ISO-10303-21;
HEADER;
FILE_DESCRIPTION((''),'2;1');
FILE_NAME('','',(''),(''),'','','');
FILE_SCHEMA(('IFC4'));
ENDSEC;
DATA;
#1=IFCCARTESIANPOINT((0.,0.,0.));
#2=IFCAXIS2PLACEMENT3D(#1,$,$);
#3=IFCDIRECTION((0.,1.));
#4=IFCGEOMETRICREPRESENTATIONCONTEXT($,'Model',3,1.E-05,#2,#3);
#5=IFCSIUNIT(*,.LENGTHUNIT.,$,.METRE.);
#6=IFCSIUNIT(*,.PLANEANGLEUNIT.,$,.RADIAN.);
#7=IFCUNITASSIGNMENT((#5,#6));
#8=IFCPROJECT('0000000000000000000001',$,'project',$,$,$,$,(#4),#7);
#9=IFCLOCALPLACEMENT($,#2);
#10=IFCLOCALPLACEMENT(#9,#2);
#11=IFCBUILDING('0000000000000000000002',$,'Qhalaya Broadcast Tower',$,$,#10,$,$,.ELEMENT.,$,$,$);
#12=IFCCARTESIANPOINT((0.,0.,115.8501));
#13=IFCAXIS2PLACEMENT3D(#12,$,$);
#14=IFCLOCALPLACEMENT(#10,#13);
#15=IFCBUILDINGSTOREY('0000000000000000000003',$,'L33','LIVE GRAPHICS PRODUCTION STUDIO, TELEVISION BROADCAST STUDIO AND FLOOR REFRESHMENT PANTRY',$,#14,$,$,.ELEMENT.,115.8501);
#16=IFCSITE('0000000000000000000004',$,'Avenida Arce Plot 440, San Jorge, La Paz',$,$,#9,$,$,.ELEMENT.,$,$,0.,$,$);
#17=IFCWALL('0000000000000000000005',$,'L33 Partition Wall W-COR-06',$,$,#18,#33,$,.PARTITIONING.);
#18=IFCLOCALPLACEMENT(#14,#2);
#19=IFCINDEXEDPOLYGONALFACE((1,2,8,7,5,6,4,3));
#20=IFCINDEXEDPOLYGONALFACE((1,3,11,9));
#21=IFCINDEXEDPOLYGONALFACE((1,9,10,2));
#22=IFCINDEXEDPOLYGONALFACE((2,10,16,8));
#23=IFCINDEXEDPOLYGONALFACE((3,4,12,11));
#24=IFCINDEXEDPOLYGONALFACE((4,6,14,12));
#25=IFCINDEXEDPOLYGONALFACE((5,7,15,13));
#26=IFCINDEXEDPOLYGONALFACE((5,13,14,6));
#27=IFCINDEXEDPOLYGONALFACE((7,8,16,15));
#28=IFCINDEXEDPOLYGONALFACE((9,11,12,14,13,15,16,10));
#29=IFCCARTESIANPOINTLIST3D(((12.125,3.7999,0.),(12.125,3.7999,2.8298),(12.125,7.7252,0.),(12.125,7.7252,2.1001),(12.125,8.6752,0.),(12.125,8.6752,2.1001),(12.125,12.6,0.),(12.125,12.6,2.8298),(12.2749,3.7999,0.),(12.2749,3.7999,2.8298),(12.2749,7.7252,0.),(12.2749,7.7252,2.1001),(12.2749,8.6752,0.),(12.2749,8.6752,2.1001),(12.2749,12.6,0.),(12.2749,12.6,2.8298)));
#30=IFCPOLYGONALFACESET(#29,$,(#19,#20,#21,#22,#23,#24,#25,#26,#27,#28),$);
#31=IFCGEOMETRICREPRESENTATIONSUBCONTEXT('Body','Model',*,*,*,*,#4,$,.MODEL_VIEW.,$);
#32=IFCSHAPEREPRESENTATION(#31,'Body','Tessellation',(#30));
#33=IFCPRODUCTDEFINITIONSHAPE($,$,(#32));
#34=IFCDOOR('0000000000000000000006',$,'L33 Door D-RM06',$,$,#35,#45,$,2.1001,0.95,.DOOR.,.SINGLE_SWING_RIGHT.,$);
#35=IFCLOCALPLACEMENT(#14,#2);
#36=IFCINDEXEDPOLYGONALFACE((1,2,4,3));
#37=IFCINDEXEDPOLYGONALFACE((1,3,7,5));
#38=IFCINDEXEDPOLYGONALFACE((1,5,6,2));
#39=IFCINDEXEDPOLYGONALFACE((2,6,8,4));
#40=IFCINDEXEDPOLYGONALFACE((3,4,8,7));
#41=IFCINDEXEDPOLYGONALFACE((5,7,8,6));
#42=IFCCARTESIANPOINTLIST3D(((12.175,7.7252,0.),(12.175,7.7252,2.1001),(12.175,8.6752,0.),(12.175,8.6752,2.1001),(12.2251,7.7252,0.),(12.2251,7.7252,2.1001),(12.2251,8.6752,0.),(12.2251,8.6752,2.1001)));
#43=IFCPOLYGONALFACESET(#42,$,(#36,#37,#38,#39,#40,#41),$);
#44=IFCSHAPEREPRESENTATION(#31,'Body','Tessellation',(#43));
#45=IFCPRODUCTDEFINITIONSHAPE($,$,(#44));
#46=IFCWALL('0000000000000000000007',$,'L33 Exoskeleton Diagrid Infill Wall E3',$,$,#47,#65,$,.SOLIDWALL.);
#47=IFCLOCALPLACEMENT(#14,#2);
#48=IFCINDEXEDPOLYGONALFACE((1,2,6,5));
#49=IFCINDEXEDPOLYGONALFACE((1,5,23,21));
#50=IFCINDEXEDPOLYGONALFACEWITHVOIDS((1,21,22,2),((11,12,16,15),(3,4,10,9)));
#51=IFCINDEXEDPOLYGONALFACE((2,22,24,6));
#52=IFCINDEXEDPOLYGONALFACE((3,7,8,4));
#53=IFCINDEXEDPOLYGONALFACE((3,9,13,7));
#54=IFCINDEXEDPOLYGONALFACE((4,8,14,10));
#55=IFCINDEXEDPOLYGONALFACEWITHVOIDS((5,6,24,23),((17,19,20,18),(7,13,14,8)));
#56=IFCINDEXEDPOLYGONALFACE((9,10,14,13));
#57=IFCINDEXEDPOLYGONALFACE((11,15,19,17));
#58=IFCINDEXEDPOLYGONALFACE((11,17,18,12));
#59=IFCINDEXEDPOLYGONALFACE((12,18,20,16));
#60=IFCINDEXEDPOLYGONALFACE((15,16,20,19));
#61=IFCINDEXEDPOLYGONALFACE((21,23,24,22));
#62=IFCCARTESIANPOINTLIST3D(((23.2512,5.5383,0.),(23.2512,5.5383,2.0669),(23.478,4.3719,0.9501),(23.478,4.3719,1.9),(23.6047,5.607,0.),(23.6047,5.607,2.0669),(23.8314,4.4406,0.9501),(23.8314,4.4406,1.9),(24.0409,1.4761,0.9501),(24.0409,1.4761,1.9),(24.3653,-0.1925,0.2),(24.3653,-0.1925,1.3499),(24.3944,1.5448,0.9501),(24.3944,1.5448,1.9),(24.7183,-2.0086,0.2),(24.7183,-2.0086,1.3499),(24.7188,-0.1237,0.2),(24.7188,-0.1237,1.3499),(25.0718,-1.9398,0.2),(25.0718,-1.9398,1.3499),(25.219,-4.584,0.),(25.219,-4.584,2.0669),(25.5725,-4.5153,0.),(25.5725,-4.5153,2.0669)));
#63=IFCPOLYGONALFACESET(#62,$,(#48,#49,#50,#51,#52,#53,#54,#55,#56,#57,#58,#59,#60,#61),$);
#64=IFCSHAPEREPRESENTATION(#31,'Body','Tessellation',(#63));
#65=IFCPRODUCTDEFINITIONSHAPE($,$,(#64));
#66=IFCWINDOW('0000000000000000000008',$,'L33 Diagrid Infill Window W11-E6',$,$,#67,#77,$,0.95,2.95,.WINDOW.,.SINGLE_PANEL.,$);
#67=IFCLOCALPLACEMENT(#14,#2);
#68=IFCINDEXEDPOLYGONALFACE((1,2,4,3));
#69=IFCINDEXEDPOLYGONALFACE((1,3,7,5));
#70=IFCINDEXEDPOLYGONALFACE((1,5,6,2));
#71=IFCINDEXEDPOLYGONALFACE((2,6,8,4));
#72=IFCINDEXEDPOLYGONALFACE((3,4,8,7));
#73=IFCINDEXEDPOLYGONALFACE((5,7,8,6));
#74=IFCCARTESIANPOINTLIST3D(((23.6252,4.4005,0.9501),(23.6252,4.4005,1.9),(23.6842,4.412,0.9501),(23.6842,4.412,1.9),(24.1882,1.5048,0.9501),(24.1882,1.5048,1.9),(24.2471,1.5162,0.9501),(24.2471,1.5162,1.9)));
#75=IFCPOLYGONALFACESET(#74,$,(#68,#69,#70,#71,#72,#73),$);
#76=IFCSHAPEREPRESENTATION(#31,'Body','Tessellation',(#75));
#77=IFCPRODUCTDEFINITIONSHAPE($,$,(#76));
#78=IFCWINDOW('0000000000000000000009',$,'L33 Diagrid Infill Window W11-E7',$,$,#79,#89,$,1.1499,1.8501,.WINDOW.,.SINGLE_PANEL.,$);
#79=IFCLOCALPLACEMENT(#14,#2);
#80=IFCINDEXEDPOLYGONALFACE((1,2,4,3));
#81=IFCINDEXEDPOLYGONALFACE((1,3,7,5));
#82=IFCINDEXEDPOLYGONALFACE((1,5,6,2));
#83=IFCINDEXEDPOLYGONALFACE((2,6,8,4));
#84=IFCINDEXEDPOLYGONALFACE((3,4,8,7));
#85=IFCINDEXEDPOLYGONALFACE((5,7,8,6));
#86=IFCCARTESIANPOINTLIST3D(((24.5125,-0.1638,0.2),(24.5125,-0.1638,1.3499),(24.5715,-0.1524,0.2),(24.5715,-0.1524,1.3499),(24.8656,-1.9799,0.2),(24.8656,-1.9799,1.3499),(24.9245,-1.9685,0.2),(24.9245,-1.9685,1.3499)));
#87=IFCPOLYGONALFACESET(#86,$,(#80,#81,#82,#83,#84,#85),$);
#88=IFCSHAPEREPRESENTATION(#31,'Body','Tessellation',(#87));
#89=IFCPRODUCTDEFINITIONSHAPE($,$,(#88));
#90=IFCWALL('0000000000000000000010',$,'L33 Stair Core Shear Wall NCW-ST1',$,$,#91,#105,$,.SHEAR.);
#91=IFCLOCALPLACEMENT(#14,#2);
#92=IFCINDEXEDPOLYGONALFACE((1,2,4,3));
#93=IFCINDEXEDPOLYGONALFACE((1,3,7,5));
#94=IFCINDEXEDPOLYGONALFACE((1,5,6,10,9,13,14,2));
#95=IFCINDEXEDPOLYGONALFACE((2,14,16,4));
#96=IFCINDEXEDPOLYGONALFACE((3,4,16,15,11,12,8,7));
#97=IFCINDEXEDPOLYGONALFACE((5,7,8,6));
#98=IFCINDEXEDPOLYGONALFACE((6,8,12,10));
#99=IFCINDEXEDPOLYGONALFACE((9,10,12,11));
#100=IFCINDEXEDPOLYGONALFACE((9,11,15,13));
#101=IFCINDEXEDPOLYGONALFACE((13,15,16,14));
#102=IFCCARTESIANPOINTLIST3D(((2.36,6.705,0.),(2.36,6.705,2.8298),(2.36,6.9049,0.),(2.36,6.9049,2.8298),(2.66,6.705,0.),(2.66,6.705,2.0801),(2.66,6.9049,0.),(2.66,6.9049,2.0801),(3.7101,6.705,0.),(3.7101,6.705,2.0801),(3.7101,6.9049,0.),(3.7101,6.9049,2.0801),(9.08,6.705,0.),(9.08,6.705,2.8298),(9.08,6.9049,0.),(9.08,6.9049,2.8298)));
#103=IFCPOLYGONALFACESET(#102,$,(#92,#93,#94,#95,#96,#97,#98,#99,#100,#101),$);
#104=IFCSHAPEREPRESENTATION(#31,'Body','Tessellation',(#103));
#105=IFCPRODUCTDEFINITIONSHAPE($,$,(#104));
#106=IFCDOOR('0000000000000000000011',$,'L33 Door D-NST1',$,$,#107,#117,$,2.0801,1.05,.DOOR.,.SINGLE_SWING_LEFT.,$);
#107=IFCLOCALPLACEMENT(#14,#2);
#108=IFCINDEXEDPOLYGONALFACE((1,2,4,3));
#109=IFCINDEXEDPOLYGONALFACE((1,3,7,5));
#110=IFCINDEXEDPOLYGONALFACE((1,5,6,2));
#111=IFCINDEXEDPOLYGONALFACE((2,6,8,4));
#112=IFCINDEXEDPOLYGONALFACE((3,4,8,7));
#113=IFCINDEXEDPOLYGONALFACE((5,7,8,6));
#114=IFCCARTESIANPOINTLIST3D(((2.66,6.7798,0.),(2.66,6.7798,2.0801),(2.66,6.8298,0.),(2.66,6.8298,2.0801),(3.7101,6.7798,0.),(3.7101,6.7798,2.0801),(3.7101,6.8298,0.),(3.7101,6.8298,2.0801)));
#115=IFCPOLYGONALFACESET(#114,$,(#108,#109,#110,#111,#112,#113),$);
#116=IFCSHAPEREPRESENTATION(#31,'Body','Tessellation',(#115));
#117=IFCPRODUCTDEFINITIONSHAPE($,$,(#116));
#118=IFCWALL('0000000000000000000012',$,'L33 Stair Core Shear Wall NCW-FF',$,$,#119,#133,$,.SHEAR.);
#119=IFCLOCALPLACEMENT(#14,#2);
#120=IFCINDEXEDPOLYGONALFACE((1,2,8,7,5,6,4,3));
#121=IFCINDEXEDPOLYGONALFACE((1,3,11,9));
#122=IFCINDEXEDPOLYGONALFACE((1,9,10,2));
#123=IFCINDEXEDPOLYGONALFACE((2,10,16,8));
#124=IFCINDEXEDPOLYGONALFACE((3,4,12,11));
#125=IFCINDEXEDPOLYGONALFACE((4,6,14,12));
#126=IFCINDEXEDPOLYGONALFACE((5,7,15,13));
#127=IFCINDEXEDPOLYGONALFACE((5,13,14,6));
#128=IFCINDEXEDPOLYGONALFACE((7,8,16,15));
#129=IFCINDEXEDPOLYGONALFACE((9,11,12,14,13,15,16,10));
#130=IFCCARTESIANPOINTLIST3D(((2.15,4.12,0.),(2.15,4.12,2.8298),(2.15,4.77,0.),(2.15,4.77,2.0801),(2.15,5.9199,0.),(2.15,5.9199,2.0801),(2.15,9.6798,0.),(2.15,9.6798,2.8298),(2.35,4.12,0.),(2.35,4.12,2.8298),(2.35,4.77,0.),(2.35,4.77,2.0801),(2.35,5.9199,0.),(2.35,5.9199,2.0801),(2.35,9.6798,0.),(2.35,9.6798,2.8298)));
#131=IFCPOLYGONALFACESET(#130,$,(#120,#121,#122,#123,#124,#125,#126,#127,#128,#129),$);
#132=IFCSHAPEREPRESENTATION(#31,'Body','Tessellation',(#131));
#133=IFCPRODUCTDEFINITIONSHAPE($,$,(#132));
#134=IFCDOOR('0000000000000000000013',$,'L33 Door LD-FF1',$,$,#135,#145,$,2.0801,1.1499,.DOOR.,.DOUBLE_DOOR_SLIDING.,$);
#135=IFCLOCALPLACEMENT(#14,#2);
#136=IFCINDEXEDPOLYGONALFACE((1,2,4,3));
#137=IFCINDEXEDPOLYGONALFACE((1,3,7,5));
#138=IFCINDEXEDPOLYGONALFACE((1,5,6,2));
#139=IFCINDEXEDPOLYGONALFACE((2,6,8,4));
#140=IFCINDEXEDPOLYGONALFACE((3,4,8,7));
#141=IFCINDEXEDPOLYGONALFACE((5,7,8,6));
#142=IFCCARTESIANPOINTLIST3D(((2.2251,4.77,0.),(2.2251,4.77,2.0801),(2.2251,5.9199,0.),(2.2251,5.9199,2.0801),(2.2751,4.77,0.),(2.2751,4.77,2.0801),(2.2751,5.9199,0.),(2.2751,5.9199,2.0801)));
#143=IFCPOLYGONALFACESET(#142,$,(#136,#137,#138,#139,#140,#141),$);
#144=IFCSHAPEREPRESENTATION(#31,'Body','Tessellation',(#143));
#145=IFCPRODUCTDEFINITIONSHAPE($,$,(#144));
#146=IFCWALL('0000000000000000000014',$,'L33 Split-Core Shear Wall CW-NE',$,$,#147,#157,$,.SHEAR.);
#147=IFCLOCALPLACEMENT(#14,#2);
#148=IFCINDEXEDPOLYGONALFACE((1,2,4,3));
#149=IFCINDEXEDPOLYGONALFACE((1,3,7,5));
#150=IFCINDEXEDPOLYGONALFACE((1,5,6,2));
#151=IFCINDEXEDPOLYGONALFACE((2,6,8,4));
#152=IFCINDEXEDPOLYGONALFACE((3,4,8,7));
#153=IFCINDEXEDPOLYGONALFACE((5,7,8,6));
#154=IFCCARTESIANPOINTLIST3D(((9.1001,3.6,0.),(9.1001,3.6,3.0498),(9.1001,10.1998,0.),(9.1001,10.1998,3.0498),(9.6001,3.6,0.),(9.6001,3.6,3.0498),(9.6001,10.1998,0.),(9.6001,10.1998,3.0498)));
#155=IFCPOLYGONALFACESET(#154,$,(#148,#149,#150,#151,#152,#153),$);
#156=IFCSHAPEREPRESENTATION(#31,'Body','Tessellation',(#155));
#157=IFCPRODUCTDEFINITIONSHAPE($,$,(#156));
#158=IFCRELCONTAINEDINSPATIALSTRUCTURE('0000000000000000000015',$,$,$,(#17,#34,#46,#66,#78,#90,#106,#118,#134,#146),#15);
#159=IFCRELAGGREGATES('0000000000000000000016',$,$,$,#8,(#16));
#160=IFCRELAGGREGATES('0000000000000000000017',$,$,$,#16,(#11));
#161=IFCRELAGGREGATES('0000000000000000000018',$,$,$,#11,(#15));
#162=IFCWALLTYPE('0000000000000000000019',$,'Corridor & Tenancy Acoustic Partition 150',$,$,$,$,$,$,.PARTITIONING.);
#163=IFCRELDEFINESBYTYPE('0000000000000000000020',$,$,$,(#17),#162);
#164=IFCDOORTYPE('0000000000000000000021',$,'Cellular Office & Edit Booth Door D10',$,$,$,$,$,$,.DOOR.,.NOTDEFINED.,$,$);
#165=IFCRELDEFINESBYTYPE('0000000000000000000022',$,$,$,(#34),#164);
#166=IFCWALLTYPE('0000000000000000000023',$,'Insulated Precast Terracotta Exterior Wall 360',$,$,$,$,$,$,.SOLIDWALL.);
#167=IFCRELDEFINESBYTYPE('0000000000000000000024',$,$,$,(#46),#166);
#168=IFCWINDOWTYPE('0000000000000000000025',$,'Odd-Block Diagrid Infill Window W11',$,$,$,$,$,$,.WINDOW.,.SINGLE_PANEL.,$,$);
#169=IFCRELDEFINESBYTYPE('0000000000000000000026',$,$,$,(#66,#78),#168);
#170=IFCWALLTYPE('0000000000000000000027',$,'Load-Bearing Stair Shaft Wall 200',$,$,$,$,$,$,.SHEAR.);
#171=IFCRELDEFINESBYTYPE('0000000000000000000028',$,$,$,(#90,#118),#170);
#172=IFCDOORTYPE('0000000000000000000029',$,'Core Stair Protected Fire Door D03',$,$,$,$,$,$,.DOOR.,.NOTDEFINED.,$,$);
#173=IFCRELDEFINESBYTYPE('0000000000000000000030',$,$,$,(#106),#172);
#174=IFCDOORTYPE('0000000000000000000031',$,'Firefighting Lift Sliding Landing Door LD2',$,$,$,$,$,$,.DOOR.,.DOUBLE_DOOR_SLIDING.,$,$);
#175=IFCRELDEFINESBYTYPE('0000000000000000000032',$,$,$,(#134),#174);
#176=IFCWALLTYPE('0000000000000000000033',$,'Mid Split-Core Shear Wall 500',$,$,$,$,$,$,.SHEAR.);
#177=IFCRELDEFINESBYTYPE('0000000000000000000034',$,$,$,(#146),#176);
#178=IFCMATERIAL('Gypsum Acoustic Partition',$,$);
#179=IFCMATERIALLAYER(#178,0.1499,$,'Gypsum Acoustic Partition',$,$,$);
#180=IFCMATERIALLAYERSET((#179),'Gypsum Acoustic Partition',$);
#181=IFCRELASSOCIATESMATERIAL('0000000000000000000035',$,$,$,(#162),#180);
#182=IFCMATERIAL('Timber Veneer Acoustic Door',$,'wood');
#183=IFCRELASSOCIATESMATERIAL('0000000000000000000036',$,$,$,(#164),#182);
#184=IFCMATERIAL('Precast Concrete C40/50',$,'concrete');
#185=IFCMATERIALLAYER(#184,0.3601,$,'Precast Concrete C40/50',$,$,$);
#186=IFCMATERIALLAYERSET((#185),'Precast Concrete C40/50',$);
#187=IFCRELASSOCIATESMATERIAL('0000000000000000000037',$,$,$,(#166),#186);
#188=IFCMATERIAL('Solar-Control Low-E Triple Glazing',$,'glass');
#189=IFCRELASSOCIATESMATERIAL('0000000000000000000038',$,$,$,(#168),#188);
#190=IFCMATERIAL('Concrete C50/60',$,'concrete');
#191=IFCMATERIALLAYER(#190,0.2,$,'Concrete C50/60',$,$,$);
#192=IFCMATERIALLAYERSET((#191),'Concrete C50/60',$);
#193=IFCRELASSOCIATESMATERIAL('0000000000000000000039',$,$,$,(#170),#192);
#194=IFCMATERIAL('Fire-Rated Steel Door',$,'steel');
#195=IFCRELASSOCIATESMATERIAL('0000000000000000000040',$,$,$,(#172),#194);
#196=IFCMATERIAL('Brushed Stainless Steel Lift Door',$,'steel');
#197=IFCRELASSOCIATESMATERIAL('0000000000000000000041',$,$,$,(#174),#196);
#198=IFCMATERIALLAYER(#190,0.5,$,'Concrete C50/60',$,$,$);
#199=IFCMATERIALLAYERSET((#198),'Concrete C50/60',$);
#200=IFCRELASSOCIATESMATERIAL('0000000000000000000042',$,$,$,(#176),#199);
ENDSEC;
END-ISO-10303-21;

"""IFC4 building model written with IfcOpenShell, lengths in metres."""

from ifc_helpers import new_model, si_unit, direction, frame, frame_2d, origin, place, context, subcontext, project, spatial, rectangle, extrude, material, layer, layer_set, type_object, element, fill, save


model = new_model("IFC4")

# Units and contexts
model_context = context("Model", 3, precision=1e-05, world=origin(), true_north=direction((0.0, 1.0)))
body_context = subcontext(model_context, "Body", "Model", "MODEL_VIEW")
ifc_project = project(units=[si_unit("LENGTHUNIT", "METRE"), si_unit("PLANEANGLEUNIT", "RADIAN")], contexts=[model_context])

# Site, building, storey
site_placement = place(None, origin())
site = spatial("IfcSite", under=ifc_project, at=site_placement, Name="Avenida Arce Plot 440, San Jorge, La Paz", CompositionType="ELEMENT", RefElevation=0.0)
building_placement = place(site_placement, origin())
building = spatial("IfcBuilding", under=site, at=building_placement, Name="Qhalaya Broadcast Tower", CompositionType="ELEMENT")
storey_placement = place(building_placement, frame((0.0, 0.0, 115.8501)))
storey = spatial("IfcBuildingStorey", under=building, at=storey_placement, Name="L33", Description="LIVE GRAPHICS PRODUCTION STUDIO, TELEVISION BROADCAST STUDIO AND FLOOR REFRESHMENT PANTRY", CompositionType="ELEMENT", Elevation=115.8501)

# Shared definitions
ifc_material_1 = material(Name="Concrete C50/60", Category="concrete")

# Wall, opening, door
ifc_material_2 = material(Name="Gypsum Acoustic Partition")
ifc_layer_1 = layer(ifc_material_2, 0.1499, Name="Gypsum Acoustic Partition")
ifc_layer_set_1 = layer_set([ifc_layer_1], Name="Gypsum Acoustic Partition")
wall_type_1 = type_object("IfcWallType", Name="Corridor & Tenancy Acoustic Partition 150", PredefinedType="PARTITIONING", material=ifc_layer_set_1)
wall_1_placement = place(storey_placement, frame((12.2, 3.8, 0.0), z_axis=(0.0, 0.0, 1.0), x_axis=(0.0, 1.0, 0.0)))
wall_1 = element("IfcWall", 1, at=wall_1_placement, inside=storey, type_object=wall_type_1, Name="L33 Partition Wall W-COR-06", PredefinedType="PARTITIONING", context=body_context, shape_type="SweptSolid", body=[
    extrude(rectangle(XDim=8.8, YDim=0.1499, at=frame_2d((4.3999, 0.0))), origin(), (0.0, 0.0, 1.0), 2.8298),
])
opening_1_placement = place(wall_1_placement, frame((3.925, 0.0, 0.0)))
opening_1 = element("IfcOpeningElement", 2, at=opening_1_placement, cuts=wall_1, PredefinedType="OPENING", context=body_context, shape_type="SweptSolid", body=[
    extrude(rectangle(XDim=0.95, YDim=2.1001, at=frame_2d((0.4751, 1.05))), frame((0.0, 0.0869, 0.0), z_axis=(0.0, -1.0, 0.0), x_axis=(1.0, 0.0, 0.0)), (0.0, 0.0, 1.0), 0.1738),
])
ifc_material_3 = material(Name="Timber Veneer Acoustic Door", Category="wood")
door_type_1 = type_object("IfcDoorType", Name="Cellular Office & Edit Booth Door D10", OperationType="NOTDEFINED", PredefinedType="DOOR", material=ifc_material_3)
door_1_placement = place(opening_1_placement, origin())
door_1 = element("IfcDoor", 3, at=door_1_placement, inside=storey, type_object=door_type_1, Name="L33 Door D-RM06", OperationType="SINGLE_SWING_RIGHT", OverallHeight=2.1001, OverallWidth=0.95, PredefinedType="DOOR", context=body_context, shape_type="SweptSolid", body=[
    extrude(rectangle(XDim=0.95, YDim=2.1001, at=frame_2d((0.4751, 1.05))), frame((0.0, 0.0249, 0.0), z_axis=(0.0, -1.0, 0.0), x_axis=(1.0, 0.0, 0.0)), (0.0, 0.0, 1.0), 0.05),
])
fill(opening_1, door_1)

# Wall, openings, windows
ifc_material_4 = material(Name="Precast Concrete C40/50", Category="concrete")
ifc_layer_2 = layer(ifc_material_4, 0.3601, Name="Precast Concrete C40/50")
ifc_layer_set_2 = layer_set([ifc_layer_2], Name="Precast Concrete C40/50")
wall_type_2 = type_object("IfcWallType", Name="Insulated Precast Terracotta Exterior Wall 360", PredefinedType="SOLIDWALL", material=ifc_layer_set_2)
wall_2_placement = place(storey_placement, frame((23.428, 5.5725, 0.0), z_axis=(0.0, 0.0, 1.0), x_axis=(0.190827, -0.981624, 0.0)))
wall_2 = element("IfcWall", 4, at=wall_2_placement, inside=storey, type_object=wall_type_2, Name="L33 Exoskeleton Diagrid Infill Wall E3", PredefinedType="SOLIDWALL", context=body_context, shape_type="SweptSolid", body=[
    extrude(rectangle(XDim=10.3118, YDim=0.3601, at=frame_2d((5.1558, 0.0))), origin(), (0.0, 0.0, 1.0), 2.0669),
])
opening_2_placement = place(wall_2_placement, frame((1.188, 0.0, 0.95)))
opening_2 = element("IfcOpeningElement", 5, at=opening_2_placement, cuts=wall_2, PredefinedType="OPENING", context=body_context, shape_type="SweptSolid", body=[
    extrude(rectangle(XDim=2.95, YDim=0.95, at=frame_2d((1.4751, 0.4751))), frame((0.0, 0.1921, 0.0), z_axis=(0.0, -1.0, 0.0), x_axis=(1.0, 0.0, 0.0)), (0.0, 0.0, 1.0), 0.384),
])
opening_3_placement = place(wall_2_placement, frame((5.8379, 0.0, 0.2)))
opening_3 = element("IfcOpeningElement", 6, at=opening_3_placement, cuts=wall_2, PredefinedType="OPENING", context=body_context, shape_type="SweptSolid", body=[
    extrude(rectangle(XDim=1.8501, YDim=1.1499, at=frame_2d((0.925, 0.575))), frame((0.0, 0.1921, 0.0), z_axis=(0.0, -1.0, 0.0), x_axis=(1.0, 0.0, 0.0)), (0.0, 0.0, 1.0), 0.384),
])
ifc_material_5 = material(Name="Solar-Control Low-E Triple Glazing", Category="glass")
window_type = type_object("IfcWindowType", Name="Odd-Block Diagrid Infill Window W11", PartitioningType="SINGLE_PANEL", PredefinedType="WINDOW", material=ifc_material_5)
window_1_placement = place(opening_2_placement, origin())
window_1 = element("IfcWindow", 7, at=window_1_placement, inside=storey, type_object=window_type, Name="L33 Diagrid Infill Window W11-E6", OverallHeight=0.95, OverallWidth=2.95, PartitioningType="SINGLE_PANEL", PredefinedType="WINDOW", context=body_context, shape_type="SweptSolid", body=[
    extrude(rectangle(XDim=2.95, YDim=0.95, at=frame_2d((1.4751, 0.4751))), frame((0.0, 0.03, 0.0), z_axis=(0.0, -1.0, 0.0), x_axis=(1.0, 0.0, 0.0)), (0.0, 0.0, 1.0), 0.0601),
])
fill(opening_2, window_1)
window_2_placement = place(opening_3_placement, origin())
window_2 = element("IfcWindow", 8, at=window_2_placement, inside=storey, type_object=window_type, Name="L33 Diagrid Infill Window W11-E7", OverallHeight=1.1499, OverallWidth=1.8501, PartitioningType="SINGLE_PANEL", PredefinedType="WINDOW", context=body_context, shape_type="SweptSolid", body=[
    extrude(rectangle(XDim=1.8501, YDim=1.1499, at=frame_2d((0.925, 0.575))), frame((0.0, 0.03, 0.0), z_axis=(0.0, -1.0, 0.0), x_axis=(1.0, 0.0, 0.0)), (0.0, 0.0, 1.0), 0.0601),
])
fill(opening_3, window_2)

# Walls, openings, doors
ifc_layer_3 = layer(ifc_material_1, 0.2, Name="Concrete C50/60")
ifc_layer_set_3 = layer_set([ifc_layer_3], Name="Concrete C50/60")
wall_type_3 = type_object("IfcWallType", Name="Load-Bearing Stair Shaft Wall 200", PredefinedType="SHEAR", material=ifc_layer_set_3)
wall_3_placement = place(storey_placement, frame((2.3601, 6.8049, 0.0), z_axis=(0.0, 0.0, 1.0), x_axis=(1.0, 0.0, 0.0)))
wall_3 = element("IfcWall", 9, at=wall_3_placement, inside=storey, type_object=wall_type_3, Name="L33 Stair Core Shear Wall NCW-ST1", PredefinedType="SHEAR", context=body_context, shape_type="SweptSolid", body=[
    extrude(rectangle(XDim=6.72, YDim=0.2, at=frame_2d((3.3599, 0.0))), origin(), (0.0, 0.0, 1.0), 2.8298),
])
opening_4_placement = place(wall_3_placement, frame((0.3, 0.0, 0.0)))
opening_4 = element("IfcOpeningElement", 10, at=opening_4_placement, cuts=wall_3, PredefinedType="OPENING", context=body_context, shape_type="SweptSolid", body=[
    extrude(rectangle(XDim=1.05, YDim=2.0801, at=frame_2d((0.5249, 1.04))), frame((0.0, 0.1121, 0.0), z_axis=(0.0, -1.0, 0.0), x_axis=(1.0, 0.0, 0.0)), (0.0, 0.0, 1.0), 0.2239),
])
ifc_material_6 = material(Name="Fire-Rated Steel Door", Category="steel")
door_type_2 = type_object("IfcDoorType", Name="Core Stair Protected Fire Door D03", OperationType="NOTDEFINED", PredefinedType="DOOR", material=ifc_material_6)
door_2_placement = place(opening_4_placement, origin())
door_2 = element("IfcDoor", 11, at=door_2_placement, inside=storey, type_object=door_type_2, Name="L33 Door D-NST1", OperationType="SINGLE_SWING_LEFT", OverallHeight=2.0801, OverallWidth=1.05, PredefinedType="DOOR", context=body_context, shape_type="SweptSolid", body=[
    extrude(rectangle(XDim=1.05, YDim=2.0801, at=frame_2d((0.5249, 1.04))), frame((0.0, 0.0249, 0.0), z_axis=(0.0, -1.0, 0.0), x_axis=(1.0, 0.0, 0.0)), (0.0, 0.0, 1.0), 0.05),
])
fill(opening_4, door_2)
wall_4_placement = place(storey_placement, frame((2.25, 4.1201, 0.0), z_axis=(0.0, 0.0, 1.0), x_axis=(0.0, 1.0, 0.0)))
wall_4 = element("IfcWall", 12, at=wall_4_placement, inside=storey, type_object=wall_type_3, Name="L33 Stair Core Shear Wall NCW-FF", PredefinedType="SHEAR", context=body_context, shape_type="SweptSolid", body=[
    extrude(rectangle(XDim=5.5598, YDim=0.2, at=frame_2d((2.7798, 0.0))), origin(), (0.0, 0.0, 1.0), 2.8298),
])
opening_5_placement = place(wall_4_placement, frame((0.6499, 0.0, 0.0)))
opening_5 = element("IfcOpeningElement", 13, at=opening_5_placement, cuts=wall_4, PredefinedType="OPENING", context=body_context, shape_type="SweptSolid", body=[
    extrude(rectangle(XDim=1.1499, YDim=2.0801, at=frame_2d((0.575, 1.04))), frame((0.0, 0.1121, 0.0), z_axis=(0.0, -1.0, 0.0), x_axis=(1.0, 0.0, 0.0)), (0.0, 0.0, 1.0), 0.2239),
])
ifc_material_7 = material(Name="Brushed Stainless Steel Lift Door", Category="steel")
door_type_3 = type_object("IfcDoorType", Name="Firefighting Lift Sliding Landing Door LD2", OperationType="DOUBLE_DOOR_SLIDING", PredefinedType="DOOR", material=ifc_material_7)
door_3_placement = place(opening_5_placement, origin())
door_3 = element("IfcDoor", 14, at=door_3_placement, inside=storey, type_object=door_type_3, Name="L33 Door LD-FF1", OperationType="DOUBLE_DOOR_SLIDING", OverallHeight=2.0801, OverallWidth=1.1499, PredefinedType="DOOR", context=body_context, shape_type="SweptSolid", body=[
    extrude(rectangle(XDim=1.1499, YDim=2.0801, at=frame_2d((0.575, 1.04))), frame((0.0, 0.0249, 0.0), z_axis=(0.0, -1.0, 0.0), x_axis=(1.0, 0.0, 0.0)), (0.0, 0.0, 1.0), 0.05),
])
fill(opening_5, door_3)

# Wall
ifc_layer_4 = layer(ifc_material_1, 0.5, Name="Concrete C50/60")
ifc_layer_set_4 = layer_set([ifc_layer_4], Name="Concrete C50/60")
wall_type_4 = type_object("IfcWallType", Name="Mid Split-Core Shear Wall 500", PredefinedType="SHEAR", material=ifc_layer_set_4)
wall_5_placement = place(storey_placement, frame((9.3501, 3.6001, 0.0), z_axis=(0.0, 0.0, 1.0), x_axis=(0.0, 1.0, 0.0)))
element("IfcWall", 15, at=wall_5_placement, inside=storey, type_object=wall_type_4, Name="L33 Split-Core Shear Wall CW-NE", PredefinedType="SHEAR", context=body_context, shape_type="SweptSolid", body=[
    extrude(rectangle(XDim=6.5999, YDim=0.5, at=frame_2d((3.2998, 0.0))), origin(), (0.0, 0.0, 1.0), 3.0498),
])

save(model, "model.ifc")
